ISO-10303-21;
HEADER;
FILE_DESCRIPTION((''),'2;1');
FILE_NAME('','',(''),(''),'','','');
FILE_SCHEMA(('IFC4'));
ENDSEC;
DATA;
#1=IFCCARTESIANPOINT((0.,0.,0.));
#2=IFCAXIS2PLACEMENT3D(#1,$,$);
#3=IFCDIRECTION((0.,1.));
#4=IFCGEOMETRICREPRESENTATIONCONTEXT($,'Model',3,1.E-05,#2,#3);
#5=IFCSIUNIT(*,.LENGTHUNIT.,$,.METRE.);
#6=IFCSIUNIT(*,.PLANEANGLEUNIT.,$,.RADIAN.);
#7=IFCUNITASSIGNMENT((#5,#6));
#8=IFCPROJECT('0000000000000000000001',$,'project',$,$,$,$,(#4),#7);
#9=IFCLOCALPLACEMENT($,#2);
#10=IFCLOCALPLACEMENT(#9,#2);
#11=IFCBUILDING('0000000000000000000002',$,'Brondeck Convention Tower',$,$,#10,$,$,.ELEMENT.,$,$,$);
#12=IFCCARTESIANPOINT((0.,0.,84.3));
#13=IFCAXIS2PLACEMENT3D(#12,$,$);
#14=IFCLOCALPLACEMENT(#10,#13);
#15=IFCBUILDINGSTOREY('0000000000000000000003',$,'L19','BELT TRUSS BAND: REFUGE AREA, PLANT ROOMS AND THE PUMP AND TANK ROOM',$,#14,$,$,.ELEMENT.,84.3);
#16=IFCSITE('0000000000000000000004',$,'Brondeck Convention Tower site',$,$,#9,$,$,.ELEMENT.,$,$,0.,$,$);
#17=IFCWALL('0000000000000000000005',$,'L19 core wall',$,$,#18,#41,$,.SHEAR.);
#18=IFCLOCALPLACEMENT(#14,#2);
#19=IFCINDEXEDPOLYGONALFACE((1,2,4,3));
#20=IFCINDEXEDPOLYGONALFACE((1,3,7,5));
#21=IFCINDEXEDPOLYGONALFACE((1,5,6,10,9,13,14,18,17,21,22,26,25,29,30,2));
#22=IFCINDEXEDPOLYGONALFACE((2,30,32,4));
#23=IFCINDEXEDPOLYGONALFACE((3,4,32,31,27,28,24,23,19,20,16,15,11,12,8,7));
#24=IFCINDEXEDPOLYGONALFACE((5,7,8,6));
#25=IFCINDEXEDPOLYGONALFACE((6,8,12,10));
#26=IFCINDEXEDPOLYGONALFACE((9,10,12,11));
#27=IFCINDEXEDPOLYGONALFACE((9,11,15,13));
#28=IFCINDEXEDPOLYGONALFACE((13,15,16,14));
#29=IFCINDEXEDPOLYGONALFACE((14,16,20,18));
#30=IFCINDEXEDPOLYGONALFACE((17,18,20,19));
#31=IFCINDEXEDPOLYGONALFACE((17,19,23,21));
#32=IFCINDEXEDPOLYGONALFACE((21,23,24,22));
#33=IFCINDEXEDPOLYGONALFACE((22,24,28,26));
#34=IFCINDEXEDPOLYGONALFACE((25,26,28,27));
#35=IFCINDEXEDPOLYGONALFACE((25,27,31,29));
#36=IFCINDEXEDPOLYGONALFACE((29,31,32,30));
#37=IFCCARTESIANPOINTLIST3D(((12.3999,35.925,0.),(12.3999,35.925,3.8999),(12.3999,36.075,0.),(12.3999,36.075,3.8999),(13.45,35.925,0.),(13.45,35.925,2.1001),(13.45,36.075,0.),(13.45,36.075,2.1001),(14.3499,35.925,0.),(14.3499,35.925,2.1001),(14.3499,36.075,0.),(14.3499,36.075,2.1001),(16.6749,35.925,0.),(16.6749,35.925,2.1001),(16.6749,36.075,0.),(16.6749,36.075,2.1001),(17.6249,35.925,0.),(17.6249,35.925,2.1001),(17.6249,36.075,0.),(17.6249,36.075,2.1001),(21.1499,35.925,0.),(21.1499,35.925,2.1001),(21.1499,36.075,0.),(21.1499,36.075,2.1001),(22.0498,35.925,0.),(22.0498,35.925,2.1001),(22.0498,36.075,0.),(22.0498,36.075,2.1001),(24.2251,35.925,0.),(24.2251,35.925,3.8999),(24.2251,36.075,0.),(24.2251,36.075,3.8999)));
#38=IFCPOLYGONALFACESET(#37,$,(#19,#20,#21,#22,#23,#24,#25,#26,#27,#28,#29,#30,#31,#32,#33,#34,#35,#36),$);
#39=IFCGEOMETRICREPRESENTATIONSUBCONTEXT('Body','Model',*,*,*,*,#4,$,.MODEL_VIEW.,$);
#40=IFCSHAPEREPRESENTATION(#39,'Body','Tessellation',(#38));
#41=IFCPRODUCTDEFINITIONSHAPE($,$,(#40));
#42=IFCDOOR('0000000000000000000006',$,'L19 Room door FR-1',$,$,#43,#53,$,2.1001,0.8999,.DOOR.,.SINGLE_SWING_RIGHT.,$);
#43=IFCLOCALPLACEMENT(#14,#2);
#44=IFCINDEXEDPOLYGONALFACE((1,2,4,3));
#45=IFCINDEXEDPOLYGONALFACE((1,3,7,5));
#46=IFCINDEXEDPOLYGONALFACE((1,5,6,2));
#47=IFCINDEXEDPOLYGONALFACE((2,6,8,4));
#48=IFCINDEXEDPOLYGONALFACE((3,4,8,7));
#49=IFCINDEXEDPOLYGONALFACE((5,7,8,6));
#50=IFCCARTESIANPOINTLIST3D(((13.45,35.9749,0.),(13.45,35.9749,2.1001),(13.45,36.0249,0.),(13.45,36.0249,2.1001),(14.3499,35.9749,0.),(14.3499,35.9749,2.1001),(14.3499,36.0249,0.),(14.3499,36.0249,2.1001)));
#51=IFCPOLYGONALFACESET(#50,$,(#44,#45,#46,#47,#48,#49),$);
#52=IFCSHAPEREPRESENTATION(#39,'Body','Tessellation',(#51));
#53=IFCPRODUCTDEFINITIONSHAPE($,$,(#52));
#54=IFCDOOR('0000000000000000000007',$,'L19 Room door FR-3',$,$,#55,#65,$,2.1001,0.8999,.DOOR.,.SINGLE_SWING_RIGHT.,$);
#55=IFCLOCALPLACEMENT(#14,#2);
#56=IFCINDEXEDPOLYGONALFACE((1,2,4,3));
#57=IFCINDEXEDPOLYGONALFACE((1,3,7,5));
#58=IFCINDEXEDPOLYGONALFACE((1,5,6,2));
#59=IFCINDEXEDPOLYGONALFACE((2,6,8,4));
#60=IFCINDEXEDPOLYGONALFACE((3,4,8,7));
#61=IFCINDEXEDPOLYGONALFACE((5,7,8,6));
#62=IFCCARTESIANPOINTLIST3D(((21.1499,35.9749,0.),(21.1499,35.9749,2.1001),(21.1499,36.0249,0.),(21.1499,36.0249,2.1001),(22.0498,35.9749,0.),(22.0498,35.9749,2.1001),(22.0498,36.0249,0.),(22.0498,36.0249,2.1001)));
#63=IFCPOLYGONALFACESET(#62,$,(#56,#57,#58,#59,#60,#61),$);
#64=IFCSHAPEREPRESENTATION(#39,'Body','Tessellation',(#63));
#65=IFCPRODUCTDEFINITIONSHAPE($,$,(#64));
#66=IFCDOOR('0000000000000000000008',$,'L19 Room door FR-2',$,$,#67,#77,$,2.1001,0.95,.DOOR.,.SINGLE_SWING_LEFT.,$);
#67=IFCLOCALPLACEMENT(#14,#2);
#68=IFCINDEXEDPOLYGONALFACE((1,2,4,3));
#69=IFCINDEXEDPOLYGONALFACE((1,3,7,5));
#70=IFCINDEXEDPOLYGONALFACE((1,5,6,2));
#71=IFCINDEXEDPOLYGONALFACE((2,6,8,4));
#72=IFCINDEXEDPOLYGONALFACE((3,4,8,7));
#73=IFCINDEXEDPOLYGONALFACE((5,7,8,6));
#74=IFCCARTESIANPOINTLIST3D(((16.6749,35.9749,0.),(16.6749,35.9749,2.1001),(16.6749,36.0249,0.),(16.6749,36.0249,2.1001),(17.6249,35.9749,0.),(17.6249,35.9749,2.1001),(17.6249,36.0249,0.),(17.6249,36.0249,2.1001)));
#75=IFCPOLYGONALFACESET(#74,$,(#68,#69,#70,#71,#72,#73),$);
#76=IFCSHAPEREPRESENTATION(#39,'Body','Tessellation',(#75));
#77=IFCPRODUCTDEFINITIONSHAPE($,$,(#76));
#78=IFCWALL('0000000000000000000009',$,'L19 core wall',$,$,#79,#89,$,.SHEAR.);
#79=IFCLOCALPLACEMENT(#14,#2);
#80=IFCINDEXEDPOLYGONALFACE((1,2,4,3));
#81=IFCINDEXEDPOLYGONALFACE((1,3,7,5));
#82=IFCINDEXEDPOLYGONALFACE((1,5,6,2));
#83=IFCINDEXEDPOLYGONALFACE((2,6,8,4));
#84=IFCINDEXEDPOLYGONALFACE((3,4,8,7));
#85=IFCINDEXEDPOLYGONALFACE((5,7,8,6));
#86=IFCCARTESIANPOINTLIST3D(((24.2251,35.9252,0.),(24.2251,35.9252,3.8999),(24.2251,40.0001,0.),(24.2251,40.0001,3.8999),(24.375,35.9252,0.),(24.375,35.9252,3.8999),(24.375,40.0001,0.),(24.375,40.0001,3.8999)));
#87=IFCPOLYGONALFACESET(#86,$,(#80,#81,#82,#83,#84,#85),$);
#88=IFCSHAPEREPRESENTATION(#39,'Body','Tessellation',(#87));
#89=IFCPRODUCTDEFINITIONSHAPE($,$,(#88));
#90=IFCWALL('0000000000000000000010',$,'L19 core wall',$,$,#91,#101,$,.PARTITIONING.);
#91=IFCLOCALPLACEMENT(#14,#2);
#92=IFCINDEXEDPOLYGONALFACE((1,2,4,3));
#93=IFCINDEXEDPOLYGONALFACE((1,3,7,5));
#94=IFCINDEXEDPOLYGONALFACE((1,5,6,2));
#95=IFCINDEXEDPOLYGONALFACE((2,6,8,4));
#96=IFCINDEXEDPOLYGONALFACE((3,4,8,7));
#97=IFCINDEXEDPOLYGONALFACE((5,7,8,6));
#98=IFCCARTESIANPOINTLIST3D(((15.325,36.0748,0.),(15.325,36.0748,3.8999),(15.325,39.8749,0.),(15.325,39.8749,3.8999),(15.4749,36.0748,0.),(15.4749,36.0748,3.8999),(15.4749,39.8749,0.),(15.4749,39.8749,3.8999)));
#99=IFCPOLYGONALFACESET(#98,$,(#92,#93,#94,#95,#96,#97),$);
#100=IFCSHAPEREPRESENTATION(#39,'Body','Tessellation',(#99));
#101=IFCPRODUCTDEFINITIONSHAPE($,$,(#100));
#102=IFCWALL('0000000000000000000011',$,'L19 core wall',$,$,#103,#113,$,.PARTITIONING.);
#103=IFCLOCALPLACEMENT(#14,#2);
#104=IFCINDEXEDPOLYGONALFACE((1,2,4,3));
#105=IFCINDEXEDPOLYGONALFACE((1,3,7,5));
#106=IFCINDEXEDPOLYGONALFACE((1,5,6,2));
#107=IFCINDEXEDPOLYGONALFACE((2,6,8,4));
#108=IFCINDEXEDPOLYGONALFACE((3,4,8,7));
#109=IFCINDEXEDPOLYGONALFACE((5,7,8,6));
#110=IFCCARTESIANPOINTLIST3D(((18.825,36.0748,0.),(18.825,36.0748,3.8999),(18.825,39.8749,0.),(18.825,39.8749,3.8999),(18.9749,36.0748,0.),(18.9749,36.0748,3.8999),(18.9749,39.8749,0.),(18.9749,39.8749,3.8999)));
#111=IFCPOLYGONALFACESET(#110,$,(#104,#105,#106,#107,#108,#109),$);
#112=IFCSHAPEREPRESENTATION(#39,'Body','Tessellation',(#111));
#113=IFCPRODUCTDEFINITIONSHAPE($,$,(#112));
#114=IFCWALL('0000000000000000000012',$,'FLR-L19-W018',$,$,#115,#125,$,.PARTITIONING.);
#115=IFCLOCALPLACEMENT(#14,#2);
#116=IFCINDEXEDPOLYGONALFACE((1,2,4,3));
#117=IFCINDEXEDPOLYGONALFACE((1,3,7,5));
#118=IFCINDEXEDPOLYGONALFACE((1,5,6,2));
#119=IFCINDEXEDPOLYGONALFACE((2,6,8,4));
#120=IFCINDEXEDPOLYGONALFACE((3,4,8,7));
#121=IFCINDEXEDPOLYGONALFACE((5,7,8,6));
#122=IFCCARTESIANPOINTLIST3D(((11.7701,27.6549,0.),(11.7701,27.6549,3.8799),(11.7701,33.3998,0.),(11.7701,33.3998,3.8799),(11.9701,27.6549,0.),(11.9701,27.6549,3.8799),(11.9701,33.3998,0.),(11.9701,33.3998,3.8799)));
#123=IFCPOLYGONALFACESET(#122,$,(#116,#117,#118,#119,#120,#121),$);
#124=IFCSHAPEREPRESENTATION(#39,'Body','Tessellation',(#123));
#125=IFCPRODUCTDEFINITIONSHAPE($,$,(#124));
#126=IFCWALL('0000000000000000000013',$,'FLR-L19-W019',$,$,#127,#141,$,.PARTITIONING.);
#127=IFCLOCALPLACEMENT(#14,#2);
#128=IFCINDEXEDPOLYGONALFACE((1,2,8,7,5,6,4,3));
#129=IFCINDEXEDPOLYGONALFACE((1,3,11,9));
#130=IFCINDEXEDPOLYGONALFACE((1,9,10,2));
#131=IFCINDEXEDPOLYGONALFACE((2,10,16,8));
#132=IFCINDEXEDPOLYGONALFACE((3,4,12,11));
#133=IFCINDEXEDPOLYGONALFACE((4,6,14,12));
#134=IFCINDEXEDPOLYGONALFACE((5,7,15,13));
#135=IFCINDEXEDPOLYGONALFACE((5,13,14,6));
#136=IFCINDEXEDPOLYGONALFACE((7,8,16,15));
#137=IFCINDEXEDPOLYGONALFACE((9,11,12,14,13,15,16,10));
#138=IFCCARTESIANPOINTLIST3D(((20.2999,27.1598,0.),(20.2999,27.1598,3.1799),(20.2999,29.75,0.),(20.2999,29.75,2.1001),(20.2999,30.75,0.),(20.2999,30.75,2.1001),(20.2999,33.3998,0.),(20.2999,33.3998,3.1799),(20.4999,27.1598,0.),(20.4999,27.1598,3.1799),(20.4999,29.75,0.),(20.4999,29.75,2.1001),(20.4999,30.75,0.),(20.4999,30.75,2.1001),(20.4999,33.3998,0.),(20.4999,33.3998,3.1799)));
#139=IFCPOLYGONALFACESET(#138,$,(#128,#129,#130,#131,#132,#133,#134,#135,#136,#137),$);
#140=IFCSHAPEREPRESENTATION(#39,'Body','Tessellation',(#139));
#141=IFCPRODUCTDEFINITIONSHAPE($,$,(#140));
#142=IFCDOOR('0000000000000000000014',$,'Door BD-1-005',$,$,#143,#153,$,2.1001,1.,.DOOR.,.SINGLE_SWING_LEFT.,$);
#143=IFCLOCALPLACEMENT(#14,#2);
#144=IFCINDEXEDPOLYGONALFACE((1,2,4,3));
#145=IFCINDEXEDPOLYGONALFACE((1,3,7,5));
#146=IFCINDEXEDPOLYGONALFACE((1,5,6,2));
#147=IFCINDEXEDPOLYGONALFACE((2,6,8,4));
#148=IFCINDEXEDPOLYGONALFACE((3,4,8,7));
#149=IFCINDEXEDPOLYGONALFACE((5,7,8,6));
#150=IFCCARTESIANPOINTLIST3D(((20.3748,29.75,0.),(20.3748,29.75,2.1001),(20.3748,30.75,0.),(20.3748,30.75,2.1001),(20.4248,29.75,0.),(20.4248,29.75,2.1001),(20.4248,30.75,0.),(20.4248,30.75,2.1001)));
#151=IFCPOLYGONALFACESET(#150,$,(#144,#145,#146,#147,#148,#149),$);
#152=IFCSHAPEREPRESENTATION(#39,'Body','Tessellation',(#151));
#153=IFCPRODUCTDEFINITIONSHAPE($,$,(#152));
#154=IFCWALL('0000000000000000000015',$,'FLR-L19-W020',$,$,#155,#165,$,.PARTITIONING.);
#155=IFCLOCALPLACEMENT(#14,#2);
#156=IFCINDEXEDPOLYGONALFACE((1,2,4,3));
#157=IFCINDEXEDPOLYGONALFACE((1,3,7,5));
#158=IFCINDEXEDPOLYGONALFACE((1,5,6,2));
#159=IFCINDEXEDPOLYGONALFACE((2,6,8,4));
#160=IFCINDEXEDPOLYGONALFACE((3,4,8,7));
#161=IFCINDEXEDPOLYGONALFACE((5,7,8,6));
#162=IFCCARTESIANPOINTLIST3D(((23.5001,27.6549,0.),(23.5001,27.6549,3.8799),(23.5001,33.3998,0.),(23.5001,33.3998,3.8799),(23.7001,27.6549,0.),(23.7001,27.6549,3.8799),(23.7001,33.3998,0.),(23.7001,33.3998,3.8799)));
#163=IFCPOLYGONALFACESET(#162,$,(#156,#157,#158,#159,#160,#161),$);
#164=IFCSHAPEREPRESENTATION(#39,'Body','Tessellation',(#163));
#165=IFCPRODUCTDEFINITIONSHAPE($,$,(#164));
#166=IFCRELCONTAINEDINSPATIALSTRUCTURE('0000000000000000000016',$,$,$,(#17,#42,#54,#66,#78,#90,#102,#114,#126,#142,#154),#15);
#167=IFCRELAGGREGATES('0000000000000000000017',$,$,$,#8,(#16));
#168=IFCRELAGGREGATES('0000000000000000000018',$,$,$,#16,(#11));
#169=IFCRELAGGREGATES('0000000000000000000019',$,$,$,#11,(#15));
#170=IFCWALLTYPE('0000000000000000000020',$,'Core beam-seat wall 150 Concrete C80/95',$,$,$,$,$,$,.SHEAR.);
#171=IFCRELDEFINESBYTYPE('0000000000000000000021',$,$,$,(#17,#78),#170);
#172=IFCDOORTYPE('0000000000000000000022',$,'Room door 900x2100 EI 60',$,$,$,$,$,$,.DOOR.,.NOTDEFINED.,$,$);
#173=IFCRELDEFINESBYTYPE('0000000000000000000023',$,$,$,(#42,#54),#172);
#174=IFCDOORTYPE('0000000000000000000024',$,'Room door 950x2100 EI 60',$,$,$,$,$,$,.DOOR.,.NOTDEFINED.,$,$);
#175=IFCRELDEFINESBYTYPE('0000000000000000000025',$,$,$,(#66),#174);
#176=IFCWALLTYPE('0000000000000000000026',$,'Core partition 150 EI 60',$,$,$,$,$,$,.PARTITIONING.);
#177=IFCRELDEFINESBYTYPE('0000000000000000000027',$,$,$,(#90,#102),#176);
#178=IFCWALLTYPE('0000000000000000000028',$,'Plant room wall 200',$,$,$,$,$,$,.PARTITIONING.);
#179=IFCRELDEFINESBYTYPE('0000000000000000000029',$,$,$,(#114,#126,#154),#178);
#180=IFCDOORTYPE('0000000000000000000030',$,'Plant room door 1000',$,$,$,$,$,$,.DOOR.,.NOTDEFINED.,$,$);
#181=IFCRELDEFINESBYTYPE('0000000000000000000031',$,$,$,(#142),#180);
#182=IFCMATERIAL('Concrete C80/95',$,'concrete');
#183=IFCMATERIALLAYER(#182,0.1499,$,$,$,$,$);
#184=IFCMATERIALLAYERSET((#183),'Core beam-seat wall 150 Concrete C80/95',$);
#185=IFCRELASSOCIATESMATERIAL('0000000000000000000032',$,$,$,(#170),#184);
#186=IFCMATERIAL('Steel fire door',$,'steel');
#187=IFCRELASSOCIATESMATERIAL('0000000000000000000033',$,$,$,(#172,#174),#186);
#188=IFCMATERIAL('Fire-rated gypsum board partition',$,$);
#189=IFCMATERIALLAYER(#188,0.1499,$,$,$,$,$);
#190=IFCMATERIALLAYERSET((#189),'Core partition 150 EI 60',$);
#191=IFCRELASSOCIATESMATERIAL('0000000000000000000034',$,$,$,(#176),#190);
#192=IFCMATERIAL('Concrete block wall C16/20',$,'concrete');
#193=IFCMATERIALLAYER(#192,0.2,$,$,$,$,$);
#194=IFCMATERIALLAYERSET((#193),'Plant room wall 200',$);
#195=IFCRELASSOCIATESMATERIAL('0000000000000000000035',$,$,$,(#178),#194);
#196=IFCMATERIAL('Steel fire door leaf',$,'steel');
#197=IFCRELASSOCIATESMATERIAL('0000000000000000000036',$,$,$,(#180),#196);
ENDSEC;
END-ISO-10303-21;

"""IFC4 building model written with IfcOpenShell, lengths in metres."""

from ifc_helpers import new_model, si_unit, direction, frame, frame_2d, origin, place, context, subcontext, project, spatial, rectangle, extrude, material, layer, layer_set, type_object, element, fill, save


model = new_model("IFC4")

# Units and contexts
model_context = context("Model", 3, precision=1e-05, world=origin(), true_north=direction((0.0, 1.0)))
body_context = subcontext(model_context, "Body", "Model", "MODEL_VIEW")
ifc_project = project(units=[si_unit("LENGTHUNIT", "METRE"), si_unit("PLANEANGLEUNIT", "RADIAN")], contexts=[model_context])

# Site, building, storey
site_placement = place(None, origin())
site = spatial("IfcSite", under=ifc_project, at=site_placement, Name="Brondeck Convention Tower site", CompositionType="ELEMENT", RefElevation=0.0)
building_placement = place(site_placement, origin())
building = spatial("IfcBuilding", under=site, at=building_placement, Name="Brondeck Convention Tower", CompositionType="ELEMENT")
storey_placement = place(building_placement, frame((0.0, 0.0, 84.3)))
storey = spatial("IfcBuildingStorey", under=building, at=storey_placement, Name="L19", Description="BELT TRUSS BAND: REFUGE AREA, PLANT ROOMS AND THE PUMP AND TANK ROOM", CompositionType="ELEMENT", Elevation=84.3)

# Wall, openings, doors
ifc_material_1 = material(Name="Concrete C80/95", Category="concrete")
ifc_layer_1 = layer(ifc_material_1, 0.1499)
ifc_layer_set_1 = layer_set([ifc_layer_1], Name="Core beam-seat wall 150 Concrete C80/95")
wall_type_1 = type_object("IfcWallType", Name="Core beam-seat wall 150 Concrete C80/95", PredefinedType="SHEAR", material=ifc_layer_set_1)
wall_1_placement = place(storey_placement, frame((12.3999, 36.0, 0.0), z_axis=(0.0, 0.0, 1.0), x_axis=(1.0, 0.0, 0.0)))
wall_1 = element("IfcWall", 1, at=wall_1_placement, inside=storey, type_object=wall_type_1, Name="L19 core wall", PredefinedType="SHEAR", context=body_context, shape_type="SweptSolid", body=[
    extrude(rectangle(XDim=11.8252, YDim=0.1499, at=frame_2d((5.9126, 0.0))), origin(), (0.0, 0.0, 1.0), 3.8999),
])
opening_1_placement = place(wall_1_placement, frame((1.05, 0.0, 0.0)))
opening_1 = element("IfcOpeningElement", 2, at=opening_1_placement, cuts=wall_1, PredefinedType="OPENING", context=body_context, shape_type="SweptSolid", body=[
    extrude(rectangle(XDim=0.8999, YDim=2.1001, at=frame_2d((0.45, 1.05))), frame((0.0, 0.085, 0.0), z_axis=(0.0, -1.0, 0.0), x_axis=(1.0, 0.0, 0.0)), (0.0, 0.0, 1.0), 0.1699),
])
opening_2_placement = place(wall_1_placement, frame((4.2749, 0.0, 0.0)))
opening_2 = element("IfcOpeningElement", 3, at=opening_2_placement, cuts=wall_1, PredefinedType="OPENING", context=body_context, shape_type="SweptSolid", body=[
    extrude(rectangle(XDim=0.95, YDim=2.1001, at=frame_2d((0.4751, 1.05))), frame((0.0, 0.085, 0.0), z_axis=(0.0, -1.0, 0.0), x_axis=(1.0, 0.0, 0.0)), (0.0, 0.0, 1.0), 0.1699),
])
opening_3_placement = place(wall_1_placement, frame((8.75, 0.0, 0.0)))
opening_3 = element("IfcOpeningElement", 4, at=opening_3_placement, cuts=wall_1, PredefinedType="OPENING", context=body_context, shape_type="SweptSolid", body=[
    extrude(rectangle(XDim=0.8999, YDim=2.1001, at=frame_2d((0.45, 1.05))), frame((0.0, 0.085, 0.0), z_axis=(0.0, -1.0, 0.0), x_axis=(1.0, 0.0, 0.0)), (0.0, 0.0, 1.0), 0.1699),
])
ifc_material_2 = material(Name="Steel fire door", Category="steel")
door_type_1 = type_object("IfcDoorType", Name="Room door 900x2100 EI 60", OperationType="NOTDEFINED", PredefinedType="DOOR", material=ifc_material_2)
door_1_placement = place(opening_1_placement, origin())
door_1 = element("IfcDoor", 5, at=door_1_placement, inside=storey, type_object=door_type_1, Name="L19 Room door FR-1", OperationType="SINGLE_SWING_RIGHT", OverallHeight=2.1001, OverallWidth=0.8999, PredefinedType="DOOR", context=body_context, shape_type="SweptSolid", body=[
    extrude(rectangle(XDim=0.8999, YDim=2.1001, at=frame_2d((0.45, 1.05))), frame((0.0, 0.0249, 0.0), z_axis=(0.0, -1.0, 0.0), x_axis=(1.0, 0.0, 0.0)), (0.0, 0.0, 1.0), 0.05),
])
fill(opening_1, door_1)
door_2_placement = place(opening_3_placement, origin())
door_2 = element("IfcDoor", 6, at=door_2_placement, inside=storey, type_object=door_type_1, Name="L19 Room door FR-3", OperationType="SINGLE_SWING_RIGHT", OverallHeight=2.1001, OverallWidth=0.8999, PredefinedType="DOOR", context=body_context, shape_type="SweptSolid", body=[
    extrude(rectangle(XDim=0.8999, YDim=2.1001, at=frame_2d((0.45, 1.05))), frame((0.0, 0.0249, 0.0), z_axis=(0.0, -1.0, 0.0), x_axis=(1.0, 0.0, 0.0)), (0.0, 0.0, 1.0), 0.05),
])
fill(opening_3, door_2)
door_type_2 = type_object("IfcDoorType", Name="Room door 950x2100 EI 60", OperationType="NOTDEFINED", PredefinedType="DOOR", material=ifc_material_2)
door_3_placement = place(opening_2_placement, origin())
door_3 = element("IfcDoor", 7, at=door_3_placement, inside=storey, type_object=door_type_2, Name="L19 Room door FR-2", OperationType="SINGLE_SWING_LEFT", OverallHeight=2.1001, OverallWidth=0.95, PredefinedType="DOOR", context=body_context, shape_type="SweptSolid", body=[
    extrude(rectangle(XDim=0.95, YDim=2.1001, at=frame_2d((0.4751, 1.05))), frame((0.0, 0.0249, 0.0), z_axis=(0.0, -1.0, 0.0), x_axis=(1.0, 0.0, 0.0)), (0.0, 0.0, 1.0), 0.05),
])
fill(opening_2, door_3)

# Walls
wall_2_placement = place(storey_placement, frame((24.3, 35.925, 0.0), z_axis=(0.0, 0.0, 1.0), x_axis=(0.0, 1.0, 0.0)))
element("IfcWall", 8, at=wall_2_placement, inside=storey, type_object=wall_type_1, Name="L19 core wall", PredefinedType="SHEAR", context=body_context, shape_type="SweptSolid", body=[
    extrude(rectangle(XDim=4.075, YDim=0.1499, at=frame_2d((2.0376, 0.0))), origin(), (0.0, 0.0, 1.0), 3.8999),
])
ifc_material_3 = material(Name="Fire-rated gypsum board partition")
ifc_layer_2 = layer(ifc_material_3, 0.1499)
ifc_layer_set_2 = layer_set([ifc_layer_2], Name="Core partition 150 EI 60")
wall_type_2 = type_object("IfcWallType", Name="Core partition 150 EI 60", PredefinedType="PARTITIONING", material=ifc_layer_set_2)
for number, where, z_axis, x_axis, name in (
    (9, (15.3999, 36.075, 0.0), (0.0, 0.0, 1.0), (0.0, 1.0, 0.0), "L19 core wall"),
    (10, (18.8999, 36.075, 0.0), (0.0, 0.0, 1.0), (0.0, 1.0, 0.0), "L19 core wall"),
):
    element("IfcWall", number, at=place(storey_placement, frame(where, z_axis=z_axis, x_axis=x_axis)), inside=storey, type_object=wall_type_2, Name=name, PredefinedType="PARTITIONING", context=body_context, shape_type="SweptSolid", body=[
        extrude(rectangle(XDim=3.8, YDim=0.1499, at=frame_2d((1.8999, 0.0))), origin(), (0.0, 0.0, 1.0), 3.8999),
    ])
ifc_material_4 = material(Name="Concrete block wall C16/20", Category="concrete")
ifc_layer_3 = layer(ifc_material_4, 0.2)
ifc_layer_set_3 = layer_set([ifc_layer_3], Name="Plant room wall 200")
wall_type_3 = type_object("IfcWallType", Name="Plant room wall 200", PredefinedType="PARTITIONING", material=ifc_layer_set_3)
wall_3_placement = place(storey_placement, frame((11.8701, 33.3999, 0.0), z_axis=(0.0, 0.0, 1.0), x_axis=(0.0, -1.0, 0.0)))
element("IfcWall", 11, at=wall_3_placement, inside=storey, type_object=wall_type_3, Name="FLR-L19-W018", PredefinedType="PARTITIONING", context=body_context, shape_type="SweptSolid", body=[
    extrude(rectangle(XDim=5.7449, YDim=0.2, at=frame_2d((2.8726, 0.0))), origin(), (0.0, 0.0, 1.0), 3.8799),
])

# Wall, opening, door
wall_4_placement = place(storey_placement, frame((20.3999, 33.3999, 0.0), z_axis=(0.0, 0.0, 1.0), x_axis=(0.0, -1.0, 0.0)))
wall_4 = element("IfcWall", 12, at=wall_4_placement, inside=storey, type_object=wall_type_3, Name="FLR-L19-W019", PredefinedType="PARTITIONING", context=body_context, shape_type="SweptSolid", body=[
    extrude(rectangle(XDim=6.24, YDim=0.2, at=frame_2d((3.1201, 0.0))), origin(), (0.0, 0.0, 1.0), 3.1799),
])
opening_4_placement = place(wall_4_placement, frame((2.6499, 0.0, 0.0)))
opening_4 = element("IfcOpeningElement", 13, at=opening_4_placement, cuts=wall_4, PredefinedType="OPENING", context=body_context, shape_type="SweptSolid", body=[
    extrude(rectangle(XDim=1.0, YDim=2.1001, at=frame_2d((0.5, 1.05))), frame((0.0, 0.1099, 0.0), z_axis=(0.0, -1.0, 0.0), x_axis=(1.0, 0.0, 0.0)), (0.0, 0.0, 1.0), 0.22),
])
ifc_material_5 = material(Name="Steel fire door leaf", Category="steel")
door_type_3 = type_object("IfcDoorType", Name="Plant room door 1000", OperationType="NOTDEFINED", PredefinedType="DOOR", material=ifc_material_5)
door_4_placement = place(opening_4_placement, origin())
door_4 = element("IfcDoor", 14, at=door_4_placement, inside=storey, type_object=door_type_3, Name="Door BD-1-005", OperationType="SINGLE_SWING_LEFT", OverallHeight=2.1001, OverallWidth=1.0, PredefinedType="DOOR", context=body_context, shape_type="SweptSolid", body=[
    extrude(rectangle(XDim=1.0, YDim=2.1001, at=frame_2d((0.5, 1.05))), frame((0.0, 0.0249, 0.0), z_axis=(0.0, -1.0, 0.0), x_axis=(1.0, 0.0, 0.0)), (0.0, 0.0, 1.0), 0.05),
])
fill(opening_4, door_4)

# Wall
wall_5_placement = place(storey_placement, frame((23.6001, 33.3999, 0.0), z_axis=(0.0, 0.0, 1.0), x_axis=(0.0, -1.0, 0.0)))
element("IfcWall", 15, at=wall_5_placement, inside=storey, type_object=wall_type_3, Name="FLR-L19-W020", PredefinedType="PARTITIONING", context=body_context, shape_type="SweptSolid", body=[
    extrude(rectangle(XDim=5.7449, YDim=0.2, at=frame_2d((2.8726, 0.0))), origin(), (0.0, 0.0, 1.0), 3.8799),
])

save(model, "model.ifc")
